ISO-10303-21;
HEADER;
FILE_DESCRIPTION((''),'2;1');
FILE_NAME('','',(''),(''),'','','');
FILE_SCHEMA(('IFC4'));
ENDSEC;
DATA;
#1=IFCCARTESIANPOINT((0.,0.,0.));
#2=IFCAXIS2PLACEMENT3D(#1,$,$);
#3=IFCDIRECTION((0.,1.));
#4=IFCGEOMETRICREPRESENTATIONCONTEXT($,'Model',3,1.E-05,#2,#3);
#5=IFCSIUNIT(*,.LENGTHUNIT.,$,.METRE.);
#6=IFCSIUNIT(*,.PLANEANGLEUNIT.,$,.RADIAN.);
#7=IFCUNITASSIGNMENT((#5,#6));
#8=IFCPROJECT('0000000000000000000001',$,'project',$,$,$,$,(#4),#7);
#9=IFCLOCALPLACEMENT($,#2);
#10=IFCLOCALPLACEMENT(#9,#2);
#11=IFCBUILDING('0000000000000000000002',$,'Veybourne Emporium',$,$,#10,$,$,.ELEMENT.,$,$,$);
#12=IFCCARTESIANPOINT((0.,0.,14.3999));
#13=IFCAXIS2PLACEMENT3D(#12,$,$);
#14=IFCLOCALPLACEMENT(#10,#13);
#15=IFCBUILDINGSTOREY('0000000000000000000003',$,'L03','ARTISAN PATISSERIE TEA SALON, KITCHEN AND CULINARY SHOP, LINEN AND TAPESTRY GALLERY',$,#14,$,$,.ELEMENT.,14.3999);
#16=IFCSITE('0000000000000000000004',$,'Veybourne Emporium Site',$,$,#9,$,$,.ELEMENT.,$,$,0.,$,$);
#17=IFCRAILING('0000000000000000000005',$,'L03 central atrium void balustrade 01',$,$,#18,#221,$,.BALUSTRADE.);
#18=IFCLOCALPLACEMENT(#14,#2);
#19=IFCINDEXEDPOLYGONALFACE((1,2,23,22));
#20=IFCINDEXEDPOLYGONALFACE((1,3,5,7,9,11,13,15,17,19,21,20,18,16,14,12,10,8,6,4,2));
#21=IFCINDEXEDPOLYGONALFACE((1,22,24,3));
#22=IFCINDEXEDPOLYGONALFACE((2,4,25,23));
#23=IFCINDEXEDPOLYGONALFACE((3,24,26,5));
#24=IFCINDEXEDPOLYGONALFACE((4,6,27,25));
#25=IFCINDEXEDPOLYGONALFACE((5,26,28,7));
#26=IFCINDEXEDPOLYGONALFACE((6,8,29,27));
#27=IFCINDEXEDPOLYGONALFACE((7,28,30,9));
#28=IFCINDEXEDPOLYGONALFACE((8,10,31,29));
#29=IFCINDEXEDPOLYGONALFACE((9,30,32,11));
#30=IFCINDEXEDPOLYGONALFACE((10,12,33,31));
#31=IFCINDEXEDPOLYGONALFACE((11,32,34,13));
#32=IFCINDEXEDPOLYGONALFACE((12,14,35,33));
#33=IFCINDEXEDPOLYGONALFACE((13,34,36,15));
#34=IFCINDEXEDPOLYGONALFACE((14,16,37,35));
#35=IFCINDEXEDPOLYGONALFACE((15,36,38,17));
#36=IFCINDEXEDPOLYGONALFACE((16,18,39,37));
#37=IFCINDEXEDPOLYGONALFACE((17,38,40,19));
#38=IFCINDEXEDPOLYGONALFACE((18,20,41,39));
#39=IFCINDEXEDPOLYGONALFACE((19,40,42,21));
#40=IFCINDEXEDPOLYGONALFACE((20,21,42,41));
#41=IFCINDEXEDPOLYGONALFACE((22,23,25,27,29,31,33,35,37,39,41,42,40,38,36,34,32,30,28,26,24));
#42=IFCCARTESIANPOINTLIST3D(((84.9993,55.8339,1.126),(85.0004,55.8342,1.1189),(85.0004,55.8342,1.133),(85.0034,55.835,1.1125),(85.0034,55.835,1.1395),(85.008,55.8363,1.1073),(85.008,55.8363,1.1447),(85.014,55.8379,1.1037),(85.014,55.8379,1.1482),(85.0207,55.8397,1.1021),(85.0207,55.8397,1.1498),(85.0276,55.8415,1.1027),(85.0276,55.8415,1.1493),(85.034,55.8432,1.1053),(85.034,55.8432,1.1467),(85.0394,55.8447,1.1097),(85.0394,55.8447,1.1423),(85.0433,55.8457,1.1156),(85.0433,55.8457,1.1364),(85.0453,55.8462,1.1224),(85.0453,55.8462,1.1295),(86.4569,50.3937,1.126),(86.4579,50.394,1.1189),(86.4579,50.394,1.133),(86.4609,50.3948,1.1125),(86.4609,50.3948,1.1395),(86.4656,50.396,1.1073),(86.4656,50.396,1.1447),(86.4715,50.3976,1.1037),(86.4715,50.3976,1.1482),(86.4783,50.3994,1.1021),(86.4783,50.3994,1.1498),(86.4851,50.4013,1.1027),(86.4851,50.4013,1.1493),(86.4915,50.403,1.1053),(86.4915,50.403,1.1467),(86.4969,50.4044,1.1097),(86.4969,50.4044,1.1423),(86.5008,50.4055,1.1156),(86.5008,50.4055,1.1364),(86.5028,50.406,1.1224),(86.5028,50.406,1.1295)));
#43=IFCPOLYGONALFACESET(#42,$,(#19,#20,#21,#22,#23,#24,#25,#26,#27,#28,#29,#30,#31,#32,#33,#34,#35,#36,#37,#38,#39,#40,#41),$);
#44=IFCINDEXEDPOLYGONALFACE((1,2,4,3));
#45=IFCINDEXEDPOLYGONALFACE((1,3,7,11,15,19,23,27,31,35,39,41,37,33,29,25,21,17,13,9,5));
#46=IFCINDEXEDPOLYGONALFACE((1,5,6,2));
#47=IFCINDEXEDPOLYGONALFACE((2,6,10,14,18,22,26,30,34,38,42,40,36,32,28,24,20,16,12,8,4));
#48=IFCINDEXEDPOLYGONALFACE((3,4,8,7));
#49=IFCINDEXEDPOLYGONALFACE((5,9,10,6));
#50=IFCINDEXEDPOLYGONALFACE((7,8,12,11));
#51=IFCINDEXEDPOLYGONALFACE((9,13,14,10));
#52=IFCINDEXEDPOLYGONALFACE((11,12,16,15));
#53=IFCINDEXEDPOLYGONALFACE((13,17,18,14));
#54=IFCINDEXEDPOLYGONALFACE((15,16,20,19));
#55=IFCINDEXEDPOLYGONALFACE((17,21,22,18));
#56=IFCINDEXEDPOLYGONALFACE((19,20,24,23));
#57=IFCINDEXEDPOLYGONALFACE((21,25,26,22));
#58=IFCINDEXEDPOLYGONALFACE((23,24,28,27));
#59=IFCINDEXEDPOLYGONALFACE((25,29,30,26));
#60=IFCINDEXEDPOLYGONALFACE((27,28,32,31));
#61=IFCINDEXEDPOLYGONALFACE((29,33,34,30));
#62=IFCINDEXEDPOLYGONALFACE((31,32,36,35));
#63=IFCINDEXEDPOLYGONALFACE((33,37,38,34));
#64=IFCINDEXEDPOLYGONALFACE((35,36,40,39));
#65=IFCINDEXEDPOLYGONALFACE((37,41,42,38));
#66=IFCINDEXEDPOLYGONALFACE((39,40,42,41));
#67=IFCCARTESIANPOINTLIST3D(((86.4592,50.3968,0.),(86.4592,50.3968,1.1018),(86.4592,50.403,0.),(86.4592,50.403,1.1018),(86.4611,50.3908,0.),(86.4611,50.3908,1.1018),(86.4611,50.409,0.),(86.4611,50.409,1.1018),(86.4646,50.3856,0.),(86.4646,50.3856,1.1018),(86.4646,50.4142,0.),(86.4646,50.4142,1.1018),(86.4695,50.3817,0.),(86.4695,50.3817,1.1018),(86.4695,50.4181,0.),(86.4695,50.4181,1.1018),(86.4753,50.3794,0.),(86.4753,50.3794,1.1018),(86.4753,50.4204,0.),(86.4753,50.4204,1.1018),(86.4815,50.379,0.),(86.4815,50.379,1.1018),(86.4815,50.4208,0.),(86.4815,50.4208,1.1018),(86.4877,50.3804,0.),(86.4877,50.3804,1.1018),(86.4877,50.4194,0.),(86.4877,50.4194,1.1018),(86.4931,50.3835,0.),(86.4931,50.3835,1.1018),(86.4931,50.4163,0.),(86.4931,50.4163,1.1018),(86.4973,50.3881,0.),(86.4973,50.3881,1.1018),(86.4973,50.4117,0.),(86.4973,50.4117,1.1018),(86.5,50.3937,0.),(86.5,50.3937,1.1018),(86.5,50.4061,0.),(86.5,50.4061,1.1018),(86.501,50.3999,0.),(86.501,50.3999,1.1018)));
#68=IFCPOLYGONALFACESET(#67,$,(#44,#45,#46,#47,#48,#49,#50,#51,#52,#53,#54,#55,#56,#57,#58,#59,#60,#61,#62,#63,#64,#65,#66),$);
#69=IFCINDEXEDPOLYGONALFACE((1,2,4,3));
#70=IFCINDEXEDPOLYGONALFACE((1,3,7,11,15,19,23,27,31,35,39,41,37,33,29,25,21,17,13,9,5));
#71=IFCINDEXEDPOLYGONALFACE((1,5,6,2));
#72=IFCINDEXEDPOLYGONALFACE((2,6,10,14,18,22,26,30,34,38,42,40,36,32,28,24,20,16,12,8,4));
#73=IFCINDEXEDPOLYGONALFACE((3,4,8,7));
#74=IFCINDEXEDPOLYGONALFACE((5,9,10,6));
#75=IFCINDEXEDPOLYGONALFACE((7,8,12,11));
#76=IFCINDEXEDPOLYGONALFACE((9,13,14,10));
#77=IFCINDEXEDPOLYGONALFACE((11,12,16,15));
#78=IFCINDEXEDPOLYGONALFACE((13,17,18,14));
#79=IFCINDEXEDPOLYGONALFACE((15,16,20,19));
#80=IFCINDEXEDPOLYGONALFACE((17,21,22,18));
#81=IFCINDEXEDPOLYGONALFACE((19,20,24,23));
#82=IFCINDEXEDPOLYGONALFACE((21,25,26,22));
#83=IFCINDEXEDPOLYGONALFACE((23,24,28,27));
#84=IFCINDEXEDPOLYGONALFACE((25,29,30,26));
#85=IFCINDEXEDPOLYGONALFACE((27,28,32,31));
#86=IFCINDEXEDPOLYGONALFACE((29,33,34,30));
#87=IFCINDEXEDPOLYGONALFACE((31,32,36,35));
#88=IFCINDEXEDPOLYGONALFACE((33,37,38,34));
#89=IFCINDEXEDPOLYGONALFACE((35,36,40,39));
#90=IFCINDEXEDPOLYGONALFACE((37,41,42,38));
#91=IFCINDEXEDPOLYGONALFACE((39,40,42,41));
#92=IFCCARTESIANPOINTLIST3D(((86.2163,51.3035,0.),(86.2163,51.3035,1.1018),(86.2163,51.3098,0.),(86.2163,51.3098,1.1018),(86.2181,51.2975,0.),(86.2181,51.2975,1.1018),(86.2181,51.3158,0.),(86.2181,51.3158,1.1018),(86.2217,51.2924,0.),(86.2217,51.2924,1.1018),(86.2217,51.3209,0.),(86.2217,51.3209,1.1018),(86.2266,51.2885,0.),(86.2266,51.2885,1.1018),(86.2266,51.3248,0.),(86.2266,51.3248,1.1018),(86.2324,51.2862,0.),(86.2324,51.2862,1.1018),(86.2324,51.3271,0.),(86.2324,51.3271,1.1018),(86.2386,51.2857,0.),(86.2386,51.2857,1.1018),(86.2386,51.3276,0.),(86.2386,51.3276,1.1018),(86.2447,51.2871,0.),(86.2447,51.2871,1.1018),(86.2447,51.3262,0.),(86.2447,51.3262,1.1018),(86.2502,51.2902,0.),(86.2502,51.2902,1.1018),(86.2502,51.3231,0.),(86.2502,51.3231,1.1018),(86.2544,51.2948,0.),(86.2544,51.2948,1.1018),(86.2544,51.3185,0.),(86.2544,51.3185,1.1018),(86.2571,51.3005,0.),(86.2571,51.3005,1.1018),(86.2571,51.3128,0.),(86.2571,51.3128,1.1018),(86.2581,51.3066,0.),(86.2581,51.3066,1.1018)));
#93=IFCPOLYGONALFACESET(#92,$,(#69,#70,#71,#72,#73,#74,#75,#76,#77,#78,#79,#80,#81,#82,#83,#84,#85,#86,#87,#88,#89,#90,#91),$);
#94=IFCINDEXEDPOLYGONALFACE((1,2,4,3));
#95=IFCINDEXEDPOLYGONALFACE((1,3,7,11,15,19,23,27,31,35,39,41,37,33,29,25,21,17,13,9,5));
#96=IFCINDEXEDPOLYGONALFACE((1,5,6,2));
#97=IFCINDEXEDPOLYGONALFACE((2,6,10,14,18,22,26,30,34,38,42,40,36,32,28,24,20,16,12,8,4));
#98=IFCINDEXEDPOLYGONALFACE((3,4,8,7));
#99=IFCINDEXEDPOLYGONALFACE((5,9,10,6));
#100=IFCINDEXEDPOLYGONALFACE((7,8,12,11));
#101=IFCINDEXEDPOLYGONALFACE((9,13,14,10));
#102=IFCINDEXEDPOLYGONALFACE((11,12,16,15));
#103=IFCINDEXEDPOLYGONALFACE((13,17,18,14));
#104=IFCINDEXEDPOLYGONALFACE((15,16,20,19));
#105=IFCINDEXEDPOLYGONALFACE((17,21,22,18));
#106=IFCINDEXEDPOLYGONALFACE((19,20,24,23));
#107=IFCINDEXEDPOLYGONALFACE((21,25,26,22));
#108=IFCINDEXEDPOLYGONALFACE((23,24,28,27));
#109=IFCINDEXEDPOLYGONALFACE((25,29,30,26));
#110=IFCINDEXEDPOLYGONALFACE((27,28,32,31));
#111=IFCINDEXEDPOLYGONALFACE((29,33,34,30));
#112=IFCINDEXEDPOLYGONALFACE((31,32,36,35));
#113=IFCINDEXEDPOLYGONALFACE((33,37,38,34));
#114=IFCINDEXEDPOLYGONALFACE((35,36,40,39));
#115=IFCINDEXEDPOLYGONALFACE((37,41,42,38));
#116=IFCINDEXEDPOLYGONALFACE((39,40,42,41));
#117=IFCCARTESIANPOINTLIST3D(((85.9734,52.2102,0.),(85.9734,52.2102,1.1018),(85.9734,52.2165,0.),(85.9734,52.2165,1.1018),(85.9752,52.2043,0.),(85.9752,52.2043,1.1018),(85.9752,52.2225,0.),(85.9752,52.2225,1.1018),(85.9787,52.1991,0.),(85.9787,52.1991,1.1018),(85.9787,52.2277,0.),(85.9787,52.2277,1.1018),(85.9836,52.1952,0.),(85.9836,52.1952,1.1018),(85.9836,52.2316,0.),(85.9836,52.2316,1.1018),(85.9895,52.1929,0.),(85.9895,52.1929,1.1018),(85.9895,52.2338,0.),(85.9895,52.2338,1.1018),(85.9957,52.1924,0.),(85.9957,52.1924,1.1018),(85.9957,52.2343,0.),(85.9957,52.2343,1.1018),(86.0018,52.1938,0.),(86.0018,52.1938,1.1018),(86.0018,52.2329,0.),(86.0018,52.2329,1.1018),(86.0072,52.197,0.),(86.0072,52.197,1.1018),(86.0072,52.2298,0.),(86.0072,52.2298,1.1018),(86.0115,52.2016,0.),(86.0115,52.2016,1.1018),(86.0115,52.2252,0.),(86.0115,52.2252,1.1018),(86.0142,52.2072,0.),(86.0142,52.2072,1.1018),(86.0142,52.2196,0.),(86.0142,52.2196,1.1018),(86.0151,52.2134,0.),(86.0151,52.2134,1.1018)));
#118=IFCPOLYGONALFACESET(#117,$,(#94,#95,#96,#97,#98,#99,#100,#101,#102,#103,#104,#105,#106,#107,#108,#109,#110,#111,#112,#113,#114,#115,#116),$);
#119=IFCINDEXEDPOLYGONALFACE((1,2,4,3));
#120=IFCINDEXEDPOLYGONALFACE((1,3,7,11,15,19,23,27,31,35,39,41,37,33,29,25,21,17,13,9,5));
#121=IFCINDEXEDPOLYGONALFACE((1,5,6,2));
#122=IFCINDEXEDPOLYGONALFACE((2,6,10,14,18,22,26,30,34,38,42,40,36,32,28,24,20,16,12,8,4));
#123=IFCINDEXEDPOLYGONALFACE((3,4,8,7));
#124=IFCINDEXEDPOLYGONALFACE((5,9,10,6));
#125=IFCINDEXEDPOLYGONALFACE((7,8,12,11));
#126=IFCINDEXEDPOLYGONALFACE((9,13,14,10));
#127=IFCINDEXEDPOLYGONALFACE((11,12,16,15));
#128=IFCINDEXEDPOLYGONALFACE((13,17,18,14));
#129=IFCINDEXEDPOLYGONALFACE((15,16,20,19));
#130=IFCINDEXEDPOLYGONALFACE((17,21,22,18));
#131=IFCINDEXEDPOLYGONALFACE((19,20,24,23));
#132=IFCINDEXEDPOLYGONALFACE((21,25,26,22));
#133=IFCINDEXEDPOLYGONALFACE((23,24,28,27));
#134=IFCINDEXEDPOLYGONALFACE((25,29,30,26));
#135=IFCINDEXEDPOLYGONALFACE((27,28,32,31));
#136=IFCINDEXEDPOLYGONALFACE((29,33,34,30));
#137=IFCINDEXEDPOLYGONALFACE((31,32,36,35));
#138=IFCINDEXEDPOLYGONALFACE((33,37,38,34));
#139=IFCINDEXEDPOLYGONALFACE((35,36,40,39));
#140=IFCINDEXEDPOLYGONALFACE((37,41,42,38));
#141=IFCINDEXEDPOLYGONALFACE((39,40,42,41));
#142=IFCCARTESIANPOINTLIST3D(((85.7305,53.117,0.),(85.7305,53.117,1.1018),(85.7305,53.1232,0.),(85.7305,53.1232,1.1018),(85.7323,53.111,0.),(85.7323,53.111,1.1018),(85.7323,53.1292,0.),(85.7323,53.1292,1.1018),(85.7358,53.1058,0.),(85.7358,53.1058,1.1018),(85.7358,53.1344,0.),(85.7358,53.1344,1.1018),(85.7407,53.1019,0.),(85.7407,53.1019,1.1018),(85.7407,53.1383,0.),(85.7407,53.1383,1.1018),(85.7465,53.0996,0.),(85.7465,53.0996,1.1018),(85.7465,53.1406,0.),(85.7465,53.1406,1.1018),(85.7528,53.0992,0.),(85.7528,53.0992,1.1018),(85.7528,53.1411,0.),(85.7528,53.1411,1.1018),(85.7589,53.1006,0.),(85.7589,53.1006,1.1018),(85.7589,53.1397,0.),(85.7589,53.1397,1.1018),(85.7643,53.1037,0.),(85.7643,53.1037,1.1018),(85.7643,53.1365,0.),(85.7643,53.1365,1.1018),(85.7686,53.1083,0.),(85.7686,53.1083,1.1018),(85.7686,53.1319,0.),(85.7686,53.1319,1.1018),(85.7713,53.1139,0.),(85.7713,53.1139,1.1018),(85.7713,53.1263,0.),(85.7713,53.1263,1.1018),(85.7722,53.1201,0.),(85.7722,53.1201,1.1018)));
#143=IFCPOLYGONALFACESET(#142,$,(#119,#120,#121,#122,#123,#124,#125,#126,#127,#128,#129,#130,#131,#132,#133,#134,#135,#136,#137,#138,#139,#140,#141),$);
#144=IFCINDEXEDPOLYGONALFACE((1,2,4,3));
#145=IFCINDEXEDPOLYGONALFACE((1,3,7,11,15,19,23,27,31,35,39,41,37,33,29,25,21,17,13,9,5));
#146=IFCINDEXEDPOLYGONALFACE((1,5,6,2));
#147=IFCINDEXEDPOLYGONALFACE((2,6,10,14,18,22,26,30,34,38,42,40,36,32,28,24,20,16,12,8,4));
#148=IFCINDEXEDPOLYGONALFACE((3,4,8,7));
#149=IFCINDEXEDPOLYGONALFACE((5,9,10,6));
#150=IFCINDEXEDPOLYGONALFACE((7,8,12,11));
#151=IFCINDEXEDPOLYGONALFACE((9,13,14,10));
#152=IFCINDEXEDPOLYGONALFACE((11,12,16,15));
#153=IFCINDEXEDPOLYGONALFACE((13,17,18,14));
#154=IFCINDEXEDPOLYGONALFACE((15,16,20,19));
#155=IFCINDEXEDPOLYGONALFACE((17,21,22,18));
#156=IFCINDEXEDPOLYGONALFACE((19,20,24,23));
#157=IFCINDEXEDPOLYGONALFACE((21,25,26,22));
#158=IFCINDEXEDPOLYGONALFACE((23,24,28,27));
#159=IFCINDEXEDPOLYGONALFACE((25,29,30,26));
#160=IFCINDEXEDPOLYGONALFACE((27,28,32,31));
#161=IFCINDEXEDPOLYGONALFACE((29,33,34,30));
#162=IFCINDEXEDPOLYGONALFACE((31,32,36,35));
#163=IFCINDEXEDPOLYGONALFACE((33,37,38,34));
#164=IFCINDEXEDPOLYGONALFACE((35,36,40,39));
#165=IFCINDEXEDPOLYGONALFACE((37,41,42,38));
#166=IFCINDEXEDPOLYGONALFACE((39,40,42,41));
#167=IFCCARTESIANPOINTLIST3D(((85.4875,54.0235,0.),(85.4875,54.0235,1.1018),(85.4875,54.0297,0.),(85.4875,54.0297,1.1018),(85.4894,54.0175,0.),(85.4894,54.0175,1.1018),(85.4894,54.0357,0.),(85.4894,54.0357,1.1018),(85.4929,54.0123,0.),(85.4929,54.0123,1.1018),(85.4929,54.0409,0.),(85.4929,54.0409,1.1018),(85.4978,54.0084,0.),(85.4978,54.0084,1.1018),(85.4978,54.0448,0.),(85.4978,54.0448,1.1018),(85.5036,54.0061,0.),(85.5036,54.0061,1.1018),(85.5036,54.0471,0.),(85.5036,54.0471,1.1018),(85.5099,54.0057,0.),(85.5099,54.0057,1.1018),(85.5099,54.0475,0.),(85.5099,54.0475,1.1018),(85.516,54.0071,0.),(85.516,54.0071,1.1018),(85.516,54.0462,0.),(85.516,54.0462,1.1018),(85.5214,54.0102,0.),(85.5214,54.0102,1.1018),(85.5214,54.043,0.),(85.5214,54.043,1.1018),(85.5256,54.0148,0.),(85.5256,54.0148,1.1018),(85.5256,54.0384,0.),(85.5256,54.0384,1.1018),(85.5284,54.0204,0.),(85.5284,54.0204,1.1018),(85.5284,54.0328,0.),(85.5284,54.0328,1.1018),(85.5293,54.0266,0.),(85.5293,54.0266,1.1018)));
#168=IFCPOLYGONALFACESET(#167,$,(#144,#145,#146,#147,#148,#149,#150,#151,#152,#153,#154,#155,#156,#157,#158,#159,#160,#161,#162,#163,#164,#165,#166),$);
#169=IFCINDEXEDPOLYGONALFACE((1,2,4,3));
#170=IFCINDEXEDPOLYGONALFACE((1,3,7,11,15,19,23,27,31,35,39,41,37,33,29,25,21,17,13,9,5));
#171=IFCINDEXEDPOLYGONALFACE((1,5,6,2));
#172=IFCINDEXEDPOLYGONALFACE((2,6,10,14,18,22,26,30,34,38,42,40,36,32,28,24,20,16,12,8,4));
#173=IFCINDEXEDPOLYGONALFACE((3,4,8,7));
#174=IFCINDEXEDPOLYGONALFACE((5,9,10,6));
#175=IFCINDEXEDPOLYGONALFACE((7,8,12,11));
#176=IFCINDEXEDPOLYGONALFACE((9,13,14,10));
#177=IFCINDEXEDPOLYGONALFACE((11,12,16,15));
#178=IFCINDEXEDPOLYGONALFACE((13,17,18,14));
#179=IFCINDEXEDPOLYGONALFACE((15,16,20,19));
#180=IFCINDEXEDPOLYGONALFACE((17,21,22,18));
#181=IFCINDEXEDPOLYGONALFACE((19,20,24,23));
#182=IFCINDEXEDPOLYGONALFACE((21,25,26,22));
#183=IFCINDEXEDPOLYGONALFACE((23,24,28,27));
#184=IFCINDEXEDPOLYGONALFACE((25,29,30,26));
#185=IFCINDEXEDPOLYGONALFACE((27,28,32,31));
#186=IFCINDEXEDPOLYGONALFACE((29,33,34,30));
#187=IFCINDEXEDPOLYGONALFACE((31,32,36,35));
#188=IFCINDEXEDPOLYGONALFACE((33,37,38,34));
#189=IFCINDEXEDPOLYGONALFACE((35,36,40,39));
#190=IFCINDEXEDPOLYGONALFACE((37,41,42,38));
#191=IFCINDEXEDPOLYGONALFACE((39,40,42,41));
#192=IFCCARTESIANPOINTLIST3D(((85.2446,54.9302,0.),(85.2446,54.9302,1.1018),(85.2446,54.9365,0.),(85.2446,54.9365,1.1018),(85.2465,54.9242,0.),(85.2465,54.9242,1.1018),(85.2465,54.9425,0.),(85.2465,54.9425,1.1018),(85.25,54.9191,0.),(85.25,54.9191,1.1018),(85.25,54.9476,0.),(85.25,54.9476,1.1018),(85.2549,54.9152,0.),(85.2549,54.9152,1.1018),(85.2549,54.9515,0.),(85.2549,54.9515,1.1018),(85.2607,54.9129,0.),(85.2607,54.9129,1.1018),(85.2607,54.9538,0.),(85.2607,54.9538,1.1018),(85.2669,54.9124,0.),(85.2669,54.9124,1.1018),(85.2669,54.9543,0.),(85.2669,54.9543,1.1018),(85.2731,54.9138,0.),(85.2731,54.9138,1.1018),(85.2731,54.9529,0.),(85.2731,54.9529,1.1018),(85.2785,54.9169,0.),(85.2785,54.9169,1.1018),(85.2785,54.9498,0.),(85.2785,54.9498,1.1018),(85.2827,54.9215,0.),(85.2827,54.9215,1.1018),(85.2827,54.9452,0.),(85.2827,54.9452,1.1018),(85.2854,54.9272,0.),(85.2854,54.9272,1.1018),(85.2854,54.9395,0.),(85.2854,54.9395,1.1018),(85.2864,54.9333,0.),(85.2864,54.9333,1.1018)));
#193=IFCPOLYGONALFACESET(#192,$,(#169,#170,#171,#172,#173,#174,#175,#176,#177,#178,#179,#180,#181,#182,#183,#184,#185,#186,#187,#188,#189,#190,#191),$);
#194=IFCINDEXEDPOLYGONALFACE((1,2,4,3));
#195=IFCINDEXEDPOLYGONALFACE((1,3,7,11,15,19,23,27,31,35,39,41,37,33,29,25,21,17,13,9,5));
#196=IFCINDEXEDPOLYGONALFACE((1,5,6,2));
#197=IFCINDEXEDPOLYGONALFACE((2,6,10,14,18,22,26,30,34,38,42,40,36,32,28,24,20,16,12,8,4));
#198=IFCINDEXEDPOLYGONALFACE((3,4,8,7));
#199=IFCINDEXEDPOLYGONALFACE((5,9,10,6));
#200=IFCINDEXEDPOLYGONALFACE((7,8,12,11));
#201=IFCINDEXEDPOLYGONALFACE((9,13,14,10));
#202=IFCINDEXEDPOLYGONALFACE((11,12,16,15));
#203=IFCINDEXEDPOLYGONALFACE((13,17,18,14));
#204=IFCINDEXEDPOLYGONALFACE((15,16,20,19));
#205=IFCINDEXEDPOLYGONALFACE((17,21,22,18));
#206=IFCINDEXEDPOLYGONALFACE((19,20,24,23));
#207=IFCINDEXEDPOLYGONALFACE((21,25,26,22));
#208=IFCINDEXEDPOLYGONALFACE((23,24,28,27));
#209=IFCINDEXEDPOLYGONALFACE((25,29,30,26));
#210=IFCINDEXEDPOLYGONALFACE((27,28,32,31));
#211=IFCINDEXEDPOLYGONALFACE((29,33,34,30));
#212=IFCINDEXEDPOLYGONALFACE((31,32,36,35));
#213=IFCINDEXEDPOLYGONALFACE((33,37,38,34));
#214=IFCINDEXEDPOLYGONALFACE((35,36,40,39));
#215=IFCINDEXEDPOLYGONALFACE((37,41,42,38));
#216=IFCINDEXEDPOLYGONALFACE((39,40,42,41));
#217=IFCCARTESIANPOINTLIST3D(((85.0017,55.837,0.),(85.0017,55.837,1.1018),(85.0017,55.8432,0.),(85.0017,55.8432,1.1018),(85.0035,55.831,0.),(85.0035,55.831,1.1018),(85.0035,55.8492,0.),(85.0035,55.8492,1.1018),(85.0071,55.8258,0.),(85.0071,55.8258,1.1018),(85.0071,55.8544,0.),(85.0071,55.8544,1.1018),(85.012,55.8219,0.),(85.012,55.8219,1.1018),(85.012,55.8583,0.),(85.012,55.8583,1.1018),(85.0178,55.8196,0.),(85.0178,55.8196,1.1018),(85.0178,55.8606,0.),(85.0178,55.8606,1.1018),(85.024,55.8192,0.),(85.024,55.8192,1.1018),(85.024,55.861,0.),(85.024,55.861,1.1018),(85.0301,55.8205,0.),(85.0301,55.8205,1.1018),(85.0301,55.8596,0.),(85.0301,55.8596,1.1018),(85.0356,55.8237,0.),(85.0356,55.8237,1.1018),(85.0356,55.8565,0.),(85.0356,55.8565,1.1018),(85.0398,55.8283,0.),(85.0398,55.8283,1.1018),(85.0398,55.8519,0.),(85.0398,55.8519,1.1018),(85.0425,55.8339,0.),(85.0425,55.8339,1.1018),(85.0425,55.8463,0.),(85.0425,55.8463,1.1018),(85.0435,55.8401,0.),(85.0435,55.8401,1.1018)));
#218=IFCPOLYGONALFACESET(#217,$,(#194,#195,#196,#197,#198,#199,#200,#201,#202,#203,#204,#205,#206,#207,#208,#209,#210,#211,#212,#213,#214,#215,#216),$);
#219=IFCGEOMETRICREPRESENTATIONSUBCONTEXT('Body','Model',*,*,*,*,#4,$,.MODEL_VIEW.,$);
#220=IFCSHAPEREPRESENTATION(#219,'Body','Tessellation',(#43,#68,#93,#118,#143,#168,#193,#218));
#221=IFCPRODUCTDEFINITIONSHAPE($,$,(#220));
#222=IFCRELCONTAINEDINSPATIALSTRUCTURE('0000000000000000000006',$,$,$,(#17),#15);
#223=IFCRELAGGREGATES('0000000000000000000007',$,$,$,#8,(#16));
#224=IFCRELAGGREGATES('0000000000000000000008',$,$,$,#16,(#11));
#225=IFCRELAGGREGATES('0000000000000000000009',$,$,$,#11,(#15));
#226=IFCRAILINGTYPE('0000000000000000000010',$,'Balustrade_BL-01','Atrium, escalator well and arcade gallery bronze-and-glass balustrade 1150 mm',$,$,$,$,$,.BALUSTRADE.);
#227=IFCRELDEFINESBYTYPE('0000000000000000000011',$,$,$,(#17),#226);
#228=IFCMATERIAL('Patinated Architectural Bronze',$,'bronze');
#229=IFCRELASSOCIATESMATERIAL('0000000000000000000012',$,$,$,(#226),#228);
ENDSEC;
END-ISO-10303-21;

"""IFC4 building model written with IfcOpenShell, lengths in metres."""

from ifc_helpers import new_model, si_unit, direction, frame, origin, origin_2d, place, context, subcontext, project, spatial, circle, extrude, material, type_object, element, save


model = new_model("IFC4")

# Units and contexts
model_context = context("Model", 3, precision=1e-05, world=origin(), true_north=direction((0.0, 1.0)))
body_context = subcontext(model_context, "Body", "Model", "MODEL_VIEW")
ifc_project = project(units=[si_unit("LENGTHUNIT", "METRE"), si_unit("PLANEANGLEUNIT", "RADIAN")], contexts=[model_context])

# Site, building, storey
site_placement = place(None, origin())
site = spatial("IfcSite", under=ifc_project, at=site_placement, Name="Veybourne Emporium Site", CompositionType="ELEMENT", RefElevation=0.0)
building_placement = place(site_placement, origin())
building = spatial("IfcBuilding", under=site, at=building_placement, Name="Veybourne Emporium", CompositionType="ELEMENT")
storey_placement = place(building_placement, frame((0.0, 0.0, 14.3999)))
storey = spatial("IfcBuildingStorey", under=building, at=storey_placement, Name="L03", Description="ARTISAN PATISSERIE TEA SALON, KITCHEN AND CULINARY SHOP, LINEN AND TAPESTRY GALLERY", CompositionType="ELEMENT", Elevation=14.3999)

# Shared definitions
ifc_material_1 = material(Name="Patinated Architectural Bronze", Category="bronze")

# Railing
railing_type = type_object("IfcRailingType", Name="Balustrade_BL-01", Description="Atrium, escalator well and arcade gallery bronze-and-glass balustrade 1150 mm", PredefinedType="BALUSTRADE", material=ifc_material_1)
railing_1_placement = place(storey_placement, frame((86.48, 50.3999, 0.0)))
element("IfcRailing", 1, at=railing_1_placement, inside=storey, type_object=railing_type, Name="L03 central atrium void balustrade 01", PredefinedType="BALUSTRADE", context=body_context, shape_type="SweptSolid", body=[
    extrude(circle(Radius=0.0239, at=origin_2d()), frame((0.0, 0.0, 1.126), z_axis=(-0.25879, 0.965934, 0.0), x_axis=(-0.965934, -0.25879, 0.0)), (0.0, 0.0, 1.0), 5.6321),
    extrude(circle(Radius=0.021, at=origin_2d()), origin(), (0.0, 0.0, 1.0), 1.1018),
    extrude(circle(Radius=0.021, at=origin_2d()), frame((-0.2429, 0.9067, 0.0)), (0.0, 0.0, 1.0), 1.1018),
    extrude(circle(Radius=0.021, at=origin_2d()), frame((-0.4858, 1.8135, 0.0)), (0.0, 0.0, 1.0), 1.1018),
    extrude(circle(Radius=0.021, at=origin_2d()), frame((-0.7288, 2.7202, 0.0)), (0.0, 0.0, 1.0), 1.1018),
    extrude(circle(Radius=0.021, at=origin_2d()), frame((-0.9717, 3.6267, 0.0)), (0.0, 0.0, 1.0), 1.1018),
    extrude(circle(Radius=0.021, at=origin_2d()), frame((-1.2146, 4.5334, 0.0)), (0.0, 0.0, 1.0), 1.1018),
    extrude(circle(Radius=0.021, at=origin_2d()), frame((-1.4575, 5.4402, 0.0)), (0.0, 0.0, 1.0), 1.1018),
])

save(model, "model.ifc")
